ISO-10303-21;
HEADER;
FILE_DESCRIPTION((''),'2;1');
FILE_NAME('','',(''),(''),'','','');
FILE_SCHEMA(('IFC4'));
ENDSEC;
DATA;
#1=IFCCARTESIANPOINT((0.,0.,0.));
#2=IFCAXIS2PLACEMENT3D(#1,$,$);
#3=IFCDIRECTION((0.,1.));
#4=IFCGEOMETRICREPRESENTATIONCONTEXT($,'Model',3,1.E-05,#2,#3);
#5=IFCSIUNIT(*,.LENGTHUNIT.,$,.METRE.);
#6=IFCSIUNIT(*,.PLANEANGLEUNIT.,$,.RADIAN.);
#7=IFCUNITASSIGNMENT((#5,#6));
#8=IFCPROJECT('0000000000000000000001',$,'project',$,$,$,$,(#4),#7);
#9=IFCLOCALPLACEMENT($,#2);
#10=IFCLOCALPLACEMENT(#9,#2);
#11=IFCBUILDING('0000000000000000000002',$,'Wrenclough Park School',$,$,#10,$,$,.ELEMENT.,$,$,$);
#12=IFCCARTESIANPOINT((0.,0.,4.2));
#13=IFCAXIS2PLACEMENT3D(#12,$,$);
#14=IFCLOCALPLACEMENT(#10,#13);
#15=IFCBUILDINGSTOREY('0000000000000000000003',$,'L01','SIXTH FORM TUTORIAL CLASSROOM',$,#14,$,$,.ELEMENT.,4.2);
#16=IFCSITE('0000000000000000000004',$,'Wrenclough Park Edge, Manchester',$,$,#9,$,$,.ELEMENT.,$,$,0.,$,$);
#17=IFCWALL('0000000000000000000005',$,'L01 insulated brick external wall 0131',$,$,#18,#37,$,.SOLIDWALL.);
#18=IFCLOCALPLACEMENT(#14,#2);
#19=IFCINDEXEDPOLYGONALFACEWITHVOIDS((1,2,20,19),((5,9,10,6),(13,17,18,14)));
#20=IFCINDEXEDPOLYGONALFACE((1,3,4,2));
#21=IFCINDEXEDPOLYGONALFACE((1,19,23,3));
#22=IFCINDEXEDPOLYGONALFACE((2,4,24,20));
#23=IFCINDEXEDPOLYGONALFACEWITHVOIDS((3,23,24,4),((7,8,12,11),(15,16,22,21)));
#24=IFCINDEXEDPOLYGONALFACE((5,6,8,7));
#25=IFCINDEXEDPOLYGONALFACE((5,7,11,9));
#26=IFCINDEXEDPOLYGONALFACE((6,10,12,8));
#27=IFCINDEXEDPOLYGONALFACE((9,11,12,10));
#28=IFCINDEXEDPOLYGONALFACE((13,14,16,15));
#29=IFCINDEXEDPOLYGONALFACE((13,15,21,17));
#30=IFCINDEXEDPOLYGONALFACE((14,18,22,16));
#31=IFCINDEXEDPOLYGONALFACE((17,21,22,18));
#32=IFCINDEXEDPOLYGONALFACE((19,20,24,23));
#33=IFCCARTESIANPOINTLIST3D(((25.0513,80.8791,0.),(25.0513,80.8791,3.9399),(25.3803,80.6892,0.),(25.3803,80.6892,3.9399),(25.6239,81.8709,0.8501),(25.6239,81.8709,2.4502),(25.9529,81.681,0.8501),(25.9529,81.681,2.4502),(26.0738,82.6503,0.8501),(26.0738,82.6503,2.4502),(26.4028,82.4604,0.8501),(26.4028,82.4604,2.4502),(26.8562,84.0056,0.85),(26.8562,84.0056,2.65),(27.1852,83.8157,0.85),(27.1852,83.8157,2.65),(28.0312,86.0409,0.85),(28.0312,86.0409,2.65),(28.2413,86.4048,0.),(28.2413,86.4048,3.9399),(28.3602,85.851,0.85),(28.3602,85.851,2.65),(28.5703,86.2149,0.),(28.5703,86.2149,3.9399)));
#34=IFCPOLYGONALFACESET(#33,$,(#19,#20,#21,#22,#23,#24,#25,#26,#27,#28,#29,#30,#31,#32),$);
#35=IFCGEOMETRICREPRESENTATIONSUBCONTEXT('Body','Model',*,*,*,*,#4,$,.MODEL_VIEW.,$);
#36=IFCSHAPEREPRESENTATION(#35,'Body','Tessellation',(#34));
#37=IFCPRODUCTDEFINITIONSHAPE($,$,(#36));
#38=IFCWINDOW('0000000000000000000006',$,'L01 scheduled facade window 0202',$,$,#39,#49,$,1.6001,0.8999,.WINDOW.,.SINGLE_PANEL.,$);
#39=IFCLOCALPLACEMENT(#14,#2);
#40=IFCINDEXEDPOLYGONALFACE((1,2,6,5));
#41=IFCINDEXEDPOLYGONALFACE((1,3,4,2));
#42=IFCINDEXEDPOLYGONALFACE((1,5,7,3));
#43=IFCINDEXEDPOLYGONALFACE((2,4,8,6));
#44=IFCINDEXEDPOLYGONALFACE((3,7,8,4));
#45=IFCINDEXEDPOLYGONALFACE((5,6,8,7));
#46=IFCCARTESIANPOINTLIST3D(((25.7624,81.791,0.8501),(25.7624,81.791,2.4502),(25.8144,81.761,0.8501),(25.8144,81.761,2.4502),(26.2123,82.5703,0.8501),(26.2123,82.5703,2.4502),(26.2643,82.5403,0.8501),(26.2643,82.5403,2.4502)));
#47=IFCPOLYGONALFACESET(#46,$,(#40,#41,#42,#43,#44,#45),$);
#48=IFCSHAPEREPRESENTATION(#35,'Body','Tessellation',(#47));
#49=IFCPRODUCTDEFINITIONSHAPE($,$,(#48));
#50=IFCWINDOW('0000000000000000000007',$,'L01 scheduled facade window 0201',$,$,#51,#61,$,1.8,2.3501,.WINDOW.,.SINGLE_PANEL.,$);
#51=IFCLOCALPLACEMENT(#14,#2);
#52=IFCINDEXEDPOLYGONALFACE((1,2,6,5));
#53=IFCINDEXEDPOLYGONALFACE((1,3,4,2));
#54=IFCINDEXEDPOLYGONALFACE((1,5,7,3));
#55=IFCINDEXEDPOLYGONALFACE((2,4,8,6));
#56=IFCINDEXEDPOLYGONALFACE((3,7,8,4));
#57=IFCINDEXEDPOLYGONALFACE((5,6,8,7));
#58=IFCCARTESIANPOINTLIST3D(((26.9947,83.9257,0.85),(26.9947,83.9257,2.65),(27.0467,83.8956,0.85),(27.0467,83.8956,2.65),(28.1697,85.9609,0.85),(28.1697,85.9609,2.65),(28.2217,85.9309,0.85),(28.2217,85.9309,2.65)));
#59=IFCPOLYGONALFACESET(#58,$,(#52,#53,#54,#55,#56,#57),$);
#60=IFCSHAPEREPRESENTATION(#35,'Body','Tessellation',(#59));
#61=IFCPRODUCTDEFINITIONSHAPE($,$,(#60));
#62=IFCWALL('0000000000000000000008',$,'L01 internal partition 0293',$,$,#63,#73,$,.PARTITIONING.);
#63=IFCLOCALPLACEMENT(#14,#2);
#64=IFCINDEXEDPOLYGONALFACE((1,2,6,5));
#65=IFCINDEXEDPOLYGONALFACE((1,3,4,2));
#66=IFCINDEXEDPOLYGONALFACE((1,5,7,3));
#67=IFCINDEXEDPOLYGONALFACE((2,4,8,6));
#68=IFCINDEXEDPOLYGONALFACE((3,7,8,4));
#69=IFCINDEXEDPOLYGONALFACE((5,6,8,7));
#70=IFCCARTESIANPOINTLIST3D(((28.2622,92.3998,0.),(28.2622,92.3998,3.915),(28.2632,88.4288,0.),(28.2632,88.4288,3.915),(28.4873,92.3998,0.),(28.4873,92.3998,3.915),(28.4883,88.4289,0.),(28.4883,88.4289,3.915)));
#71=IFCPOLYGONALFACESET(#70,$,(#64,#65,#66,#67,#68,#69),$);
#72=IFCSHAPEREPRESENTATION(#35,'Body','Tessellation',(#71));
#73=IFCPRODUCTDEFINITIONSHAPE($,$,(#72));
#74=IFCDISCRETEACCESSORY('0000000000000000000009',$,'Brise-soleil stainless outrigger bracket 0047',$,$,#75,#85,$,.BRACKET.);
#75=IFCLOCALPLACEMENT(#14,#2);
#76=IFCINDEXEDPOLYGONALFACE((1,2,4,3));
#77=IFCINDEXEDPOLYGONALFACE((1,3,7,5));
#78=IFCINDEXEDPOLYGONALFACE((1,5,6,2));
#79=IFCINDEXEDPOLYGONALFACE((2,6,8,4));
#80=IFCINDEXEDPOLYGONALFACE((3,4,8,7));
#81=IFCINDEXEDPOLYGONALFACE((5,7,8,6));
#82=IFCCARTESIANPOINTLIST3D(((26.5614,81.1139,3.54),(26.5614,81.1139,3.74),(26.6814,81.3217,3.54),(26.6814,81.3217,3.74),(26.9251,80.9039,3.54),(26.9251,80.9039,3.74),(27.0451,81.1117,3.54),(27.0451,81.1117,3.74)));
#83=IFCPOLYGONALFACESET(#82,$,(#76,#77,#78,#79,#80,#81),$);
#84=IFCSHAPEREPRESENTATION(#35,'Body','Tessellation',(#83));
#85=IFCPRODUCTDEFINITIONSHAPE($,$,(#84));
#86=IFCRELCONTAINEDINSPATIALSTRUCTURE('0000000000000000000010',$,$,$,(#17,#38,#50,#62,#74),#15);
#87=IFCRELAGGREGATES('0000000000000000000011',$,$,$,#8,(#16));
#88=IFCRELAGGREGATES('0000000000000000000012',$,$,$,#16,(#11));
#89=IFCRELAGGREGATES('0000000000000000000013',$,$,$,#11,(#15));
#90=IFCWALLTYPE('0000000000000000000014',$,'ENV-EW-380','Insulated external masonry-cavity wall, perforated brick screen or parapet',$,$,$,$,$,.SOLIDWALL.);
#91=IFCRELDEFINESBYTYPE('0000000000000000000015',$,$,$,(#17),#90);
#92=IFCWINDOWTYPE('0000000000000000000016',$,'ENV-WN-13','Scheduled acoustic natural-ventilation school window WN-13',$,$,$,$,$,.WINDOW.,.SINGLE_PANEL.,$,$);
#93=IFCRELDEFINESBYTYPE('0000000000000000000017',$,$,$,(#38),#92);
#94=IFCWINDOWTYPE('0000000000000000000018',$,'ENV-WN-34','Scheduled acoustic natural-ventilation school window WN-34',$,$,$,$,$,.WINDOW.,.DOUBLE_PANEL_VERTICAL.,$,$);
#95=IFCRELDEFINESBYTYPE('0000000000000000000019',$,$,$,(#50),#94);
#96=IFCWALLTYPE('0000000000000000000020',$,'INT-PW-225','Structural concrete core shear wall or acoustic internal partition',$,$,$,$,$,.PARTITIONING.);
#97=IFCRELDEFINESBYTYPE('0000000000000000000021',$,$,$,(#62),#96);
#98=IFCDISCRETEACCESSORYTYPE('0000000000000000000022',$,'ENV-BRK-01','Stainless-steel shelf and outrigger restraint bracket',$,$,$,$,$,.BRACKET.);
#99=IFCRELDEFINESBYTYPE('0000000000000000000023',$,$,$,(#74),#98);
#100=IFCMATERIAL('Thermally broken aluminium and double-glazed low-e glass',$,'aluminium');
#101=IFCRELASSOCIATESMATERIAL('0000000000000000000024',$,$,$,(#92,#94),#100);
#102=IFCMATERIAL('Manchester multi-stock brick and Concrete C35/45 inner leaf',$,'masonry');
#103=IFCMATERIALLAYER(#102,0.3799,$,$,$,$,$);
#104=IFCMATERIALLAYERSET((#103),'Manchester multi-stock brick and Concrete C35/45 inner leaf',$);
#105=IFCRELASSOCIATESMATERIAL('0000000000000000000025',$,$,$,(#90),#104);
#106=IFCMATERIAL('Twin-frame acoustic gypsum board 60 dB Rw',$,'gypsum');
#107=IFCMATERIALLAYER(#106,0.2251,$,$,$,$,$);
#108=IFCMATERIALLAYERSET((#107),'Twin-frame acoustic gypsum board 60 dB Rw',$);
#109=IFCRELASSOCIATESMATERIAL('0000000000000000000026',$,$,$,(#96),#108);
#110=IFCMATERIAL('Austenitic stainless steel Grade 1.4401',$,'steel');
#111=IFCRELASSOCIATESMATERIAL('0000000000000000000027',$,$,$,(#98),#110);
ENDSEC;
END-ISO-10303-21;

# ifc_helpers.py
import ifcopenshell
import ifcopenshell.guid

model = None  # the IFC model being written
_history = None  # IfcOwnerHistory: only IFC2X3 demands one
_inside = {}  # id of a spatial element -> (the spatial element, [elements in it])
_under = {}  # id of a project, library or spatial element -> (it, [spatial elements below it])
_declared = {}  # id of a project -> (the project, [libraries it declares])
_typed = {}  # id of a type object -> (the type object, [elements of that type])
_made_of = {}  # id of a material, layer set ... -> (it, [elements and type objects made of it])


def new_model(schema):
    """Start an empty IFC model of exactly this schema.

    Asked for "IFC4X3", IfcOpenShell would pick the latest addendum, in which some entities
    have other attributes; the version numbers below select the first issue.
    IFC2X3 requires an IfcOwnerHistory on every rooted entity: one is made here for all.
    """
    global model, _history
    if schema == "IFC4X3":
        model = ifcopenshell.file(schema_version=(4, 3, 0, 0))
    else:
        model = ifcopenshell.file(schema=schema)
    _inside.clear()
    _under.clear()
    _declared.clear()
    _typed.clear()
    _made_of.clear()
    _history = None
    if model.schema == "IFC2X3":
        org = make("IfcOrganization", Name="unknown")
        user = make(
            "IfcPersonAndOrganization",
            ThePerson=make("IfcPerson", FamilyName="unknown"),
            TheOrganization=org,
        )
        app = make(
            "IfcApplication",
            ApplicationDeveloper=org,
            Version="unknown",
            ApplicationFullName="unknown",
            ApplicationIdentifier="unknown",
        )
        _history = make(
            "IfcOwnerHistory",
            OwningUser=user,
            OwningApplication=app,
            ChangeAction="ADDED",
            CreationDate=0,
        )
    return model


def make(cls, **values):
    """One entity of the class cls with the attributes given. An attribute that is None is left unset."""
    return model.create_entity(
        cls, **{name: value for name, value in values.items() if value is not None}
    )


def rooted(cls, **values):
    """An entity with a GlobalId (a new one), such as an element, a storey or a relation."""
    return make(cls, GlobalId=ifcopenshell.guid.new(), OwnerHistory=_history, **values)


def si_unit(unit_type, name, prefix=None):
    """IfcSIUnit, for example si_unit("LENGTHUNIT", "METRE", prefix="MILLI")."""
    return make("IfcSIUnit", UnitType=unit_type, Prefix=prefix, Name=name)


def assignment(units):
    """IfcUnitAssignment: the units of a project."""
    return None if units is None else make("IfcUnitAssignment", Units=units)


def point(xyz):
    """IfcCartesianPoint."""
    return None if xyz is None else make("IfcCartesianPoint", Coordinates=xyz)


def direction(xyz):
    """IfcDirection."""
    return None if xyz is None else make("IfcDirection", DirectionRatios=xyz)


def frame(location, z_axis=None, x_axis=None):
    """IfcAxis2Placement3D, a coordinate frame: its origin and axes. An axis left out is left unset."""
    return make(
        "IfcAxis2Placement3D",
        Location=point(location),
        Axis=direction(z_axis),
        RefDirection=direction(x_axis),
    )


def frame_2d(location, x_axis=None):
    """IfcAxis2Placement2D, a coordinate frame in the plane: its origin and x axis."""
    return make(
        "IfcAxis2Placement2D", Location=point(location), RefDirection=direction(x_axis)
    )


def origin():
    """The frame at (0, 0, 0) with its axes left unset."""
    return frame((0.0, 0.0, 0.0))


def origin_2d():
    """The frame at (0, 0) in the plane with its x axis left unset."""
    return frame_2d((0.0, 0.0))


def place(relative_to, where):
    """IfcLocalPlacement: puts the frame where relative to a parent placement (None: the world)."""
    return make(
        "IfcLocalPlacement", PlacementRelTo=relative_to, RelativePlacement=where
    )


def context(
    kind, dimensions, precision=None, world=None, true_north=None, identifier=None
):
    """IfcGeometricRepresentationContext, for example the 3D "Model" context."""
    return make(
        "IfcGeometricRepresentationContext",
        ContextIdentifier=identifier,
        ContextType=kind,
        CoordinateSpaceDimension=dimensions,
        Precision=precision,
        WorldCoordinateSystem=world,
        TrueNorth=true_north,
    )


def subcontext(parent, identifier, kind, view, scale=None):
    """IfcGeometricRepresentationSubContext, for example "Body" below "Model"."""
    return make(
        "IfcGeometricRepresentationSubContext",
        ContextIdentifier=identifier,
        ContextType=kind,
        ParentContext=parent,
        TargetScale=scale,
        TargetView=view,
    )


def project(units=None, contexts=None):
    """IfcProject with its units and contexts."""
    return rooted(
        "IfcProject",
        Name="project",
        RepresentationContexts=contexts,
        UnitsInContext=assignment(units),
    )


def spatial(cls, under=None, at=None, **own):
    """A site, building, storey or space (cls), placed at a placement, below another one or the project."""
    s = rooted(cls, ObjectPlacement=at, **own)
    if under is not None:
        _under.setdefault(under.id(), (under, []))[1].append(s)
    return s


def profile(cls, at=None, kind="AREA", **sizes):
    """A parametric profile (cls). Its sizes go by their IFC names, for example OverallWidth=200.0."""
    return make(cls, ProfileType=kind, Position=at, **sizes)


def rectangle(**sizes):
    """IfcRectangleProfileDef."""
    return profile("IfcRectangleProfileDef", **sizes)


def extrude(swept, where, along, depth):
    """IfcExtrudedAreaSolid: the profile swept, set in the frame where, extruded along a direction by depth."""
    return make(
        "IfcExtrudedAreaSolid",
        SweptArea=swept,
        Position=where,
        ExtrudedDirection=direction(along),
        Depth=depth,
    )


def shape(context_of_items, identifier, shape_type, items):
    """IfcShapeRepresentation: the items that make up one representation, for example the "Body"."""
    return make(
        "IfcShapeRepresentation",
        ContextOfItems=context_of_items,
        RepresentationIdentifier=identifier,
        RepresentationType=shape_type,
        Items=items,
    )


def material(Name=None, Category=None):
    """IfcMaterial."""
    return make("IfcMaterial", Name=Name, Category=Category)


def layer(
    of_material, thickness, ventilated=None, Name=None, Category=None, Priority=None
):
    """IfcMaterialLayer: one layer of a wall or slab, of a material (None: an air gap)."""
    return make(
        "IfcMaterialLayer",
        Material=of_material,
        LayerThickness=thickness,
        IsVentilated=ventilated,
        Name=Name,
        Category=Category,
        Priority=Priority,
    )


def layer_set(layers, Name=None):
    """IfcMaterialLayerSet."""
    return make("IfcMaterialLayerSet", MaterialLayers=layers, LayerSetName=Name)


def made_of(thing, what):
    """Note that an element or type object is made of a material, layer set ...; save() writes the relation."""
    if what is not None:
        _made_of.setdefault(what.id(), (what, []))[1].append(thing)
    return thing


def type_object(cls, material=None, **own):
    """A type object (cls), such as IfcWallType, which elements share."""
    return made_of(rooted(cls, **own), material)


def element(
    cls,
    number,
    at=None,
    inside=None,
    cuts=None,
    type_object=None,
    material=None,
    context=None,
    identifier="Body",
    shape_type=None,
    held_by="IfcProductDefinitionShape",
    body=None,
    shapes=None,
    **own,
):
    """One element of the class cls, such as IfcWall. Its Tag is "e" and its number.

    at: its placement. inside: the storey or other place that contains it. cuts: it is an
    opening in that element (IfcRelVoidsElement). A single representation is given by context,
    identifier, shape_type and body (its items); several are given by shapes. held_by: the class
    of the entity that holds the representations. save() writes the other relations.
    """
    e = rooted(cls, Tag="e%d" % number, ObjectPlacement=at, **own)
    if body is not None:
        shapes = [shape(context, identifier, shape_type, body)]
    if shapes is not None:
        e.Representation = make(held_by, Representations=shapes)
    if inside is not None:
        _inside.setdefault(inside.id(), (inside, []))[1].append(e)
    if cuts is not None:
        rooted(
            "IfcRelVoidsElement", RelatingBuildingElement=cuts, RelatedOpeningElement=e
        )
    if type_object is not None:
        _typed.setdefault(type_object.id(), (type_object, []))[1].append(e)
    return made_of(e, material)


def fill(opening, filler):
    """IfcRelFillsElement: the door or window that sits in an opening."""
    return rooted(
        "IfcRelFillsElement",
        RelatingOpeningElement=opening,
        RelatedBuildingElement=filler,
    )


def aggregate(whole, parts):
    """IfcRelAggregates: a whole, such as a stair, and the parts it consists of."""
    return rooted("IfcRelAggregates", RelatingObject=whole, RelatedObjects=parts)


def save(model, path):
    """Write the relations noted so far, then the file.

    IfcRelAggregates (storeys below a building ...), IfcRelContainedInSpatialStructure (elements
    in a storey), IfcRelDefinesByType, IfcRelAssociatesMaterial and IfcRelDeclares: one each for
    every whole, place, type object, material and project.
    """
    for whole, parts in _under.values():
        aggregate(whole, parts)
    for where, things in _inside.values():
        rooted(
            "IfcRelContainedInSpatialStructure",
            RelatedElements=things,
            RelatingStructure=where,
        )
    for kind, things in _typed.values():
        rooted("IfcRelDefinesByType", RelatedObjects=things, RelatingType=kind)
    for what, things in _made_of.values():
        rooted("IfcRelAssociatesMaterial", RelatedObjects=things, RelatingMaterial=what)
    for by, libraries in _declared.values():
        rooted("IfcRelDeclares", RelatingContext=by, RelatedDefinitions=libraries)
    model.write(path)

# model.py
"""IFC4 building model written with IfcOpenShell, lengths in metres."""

from ifc_helpers import new_model, si_unit, direction, frame, frame_2d, origin, origin_2d, place, context, subcontext, project, spatial, rectangle, extrude, material, layer, layer_set, type_object, element, fill, save


model = new_model("IFC4")

# Units and contexts
model_context = context("Model", 3, precision=1e-05, world=origin(), true_north=direction((0.0, 1.0)))
body_context = subcontext(model_context, "Body", "Model", "MODEL_VIEW")
ifc_project = project(units=[si_unit("LENGTHUNIT", "METRE"), si_unit("PLANEANGLEUNIT", "RADIAN")], contexts=[model_context])

# Site, building, storey
site_placement = place(None, origin())
site = spatial("IfcSite", under=ifc_project, at=site_placement, Name="Wrenclough Park Edge, Manchester", CompositionType="ELEMENT", RefElevation=0.0)
building_placement = place(site_placement, origin())
building = spatial("IfcBuilding", under=site, at=building_placement, Name="Wrenclough Park School", CompositionType="ELEMENT")
storey_placement = place(building_placement, frame((0.0, 0.0, 4.2)))
storey = spatial("IfcBuildingStorey", under=building, at=storey_placement, Name="L01", Description="SIXTH FORM TUTORIAL CLASSROOM", CompositionType="ELEMENT", Elevation=4.2)

# Shared definitions
ifc_material_1 = material(Name="Thermally broken aluminium and double-glazed low-e glass", Category="aluminium")
window_type_1 = type_object("IfcWindowType", Name="ENV-WN-13", Description="Scheduled acoustic natural-ventilation school window WN-13", PartitioningType="SINGLE_PANEL", PredefinedType="WINDOW", material=ifc_material_1)

# Wall, openings, windows
ifc_material_2 = material(Name="Manchester multi-stock brick and Concrete C35/45 inner leaf", Category="masonry")
ifc_layer_1 = layer(ifc_material_2, 0.3799)
ifc_layer_set_1 = layer_set([ifc_layer_1], Name="Manchester multi-stock brick and Concrete C35/45 inner leaf")
wall_type_1 = type_object("IfcWallType", Name="ENV-EW-380", Description="Insulated external masonry-cavity wall, perforated brick screen or parapet", PredefinedType="SOLIDWALL", material=ifc_layer_set_1)
wall_1_placement = place(storey_placement, frame((28.4058, 86.3098, 0.0), z_axis=(0.0, 0.0, 1.0), x_axis=(-0.499966, -0.866045, 0.0)))
wall_1 = element("IfcWall", 1, at=wall_1_placement, inside=storey, type_object=wall_type_1, Name="L01 insulated brick external wall 0131", PredefinedType="SOLIDWALL", context=body_context, shape_type="SweptSolid", body=[
    extrude(rectangle(XDim=6.3804, YDim=0.3799, at=frame_2d((3.1902, 0.0))), origin(), (0.0, 0.0, 1.0), 3.9399),
])
opening_1_placement = place(wall_1_placement, frame((0.4202, 0.0, 0.8501)))
opening_1 = element("IfcOpeningElement", 2, at=opening_1_placement, cuts=wall_1, PredefinedType="OPENING", context=body_context, shape_type="SweptSolid", body=[
    extrude(rectangle(XDim=2.3501, YDim=1.8, at=frame_2d((1.175, 0.8999))), frame((0.0, 0.2, 0.0), z_axis=(0.0, -1.0, 0.0), x_axis=(1.0, 0.0, 0.0)), (0.0, 0.0, 1.0), 0.3999),
])
opening_2_placement = place(wall_1_placement, frame((4.3352, 0.0, 0.8501)))
opening_2 = element("IfcOpeningElement", 3, at=opening_2_placement, cuts=wall_1, PredefinedType="OPENING", context=body_context, shape_type="SweptSolid", body=[
    extrude(rectangle(XDim=0.8999, YDim=1.6001, at=frame_2d((0.45, 0.8))), frame((0.0, 0.2, 0.0), z_axis=(0.0, -1.0, 0.0), x_axis=(1.0, 0.0, 0.0)), (0.0, 0.0, 1.0), 0.3999),
])
window_1_placement = place(opening_2_placement, origin())
window_1 = element("IfcWindow", 4, at=window_1_placement, inside=storey, type_object=window_type_1, Name="L01 scheduled facade window 0202", OverallHeight=1.6001, OverallWidth=0.8999, PartitioningType="SINGLE_PANEL", PredefinedType="WINDOW", context=body_context, shape_type="SweptSolid", body=[
    extrude(rectangle(XDim=0.8999, YDim=1.6001, at=frame_2d((0.45, 0.8))), frame((0.0, 0.03, 0.0), z_axis=(0.0, -1.0, 0.0), x_axis=(1.0, 0.0, 0.0)), (0.0, 0.0, 1.0), 0.0601),
])
fill(opening_2, window_1)
window_type_2 = type_object("IfcWindowType", Name="ENV-WN-34", Description="Scheduled acoustic natural-ventilation school window WN-34", PartitioningType="DOUBLE_PANEL_VERTICAL", PredefinedType="WINDOW", material=ifc_material_1)
window_2_placement = place(opening_1_placement, origin())
window_2 = element("IfcWindow", 5, at=window_2_placement, inside=storey, type_object=window_type_2, Name="L01 scheduled facade window 0201", OverallHeight=1.8, OverallWidth=2.3501, PartitioningType="SINGLE_PANEL", PredefinedType="WINDOW", context=body_context, shape_type="SweptSolid", body=[
    extrude(rectangle(XDim=2.3501, YDim=1.8, at=frame_2d((1.175, 0.8999))), frame((0.0, 0.03, 0.0), z_axis=(0.0, -1.0, 0.0), x_axis=(1.0, 0.0, 0.0)), (0.0, 0.0, 1.0), 0.0601),
])
fill(opening_1, window_2)

# Wall
ifc_material_3 = material(Name="Twin-frame acoustic gypsum board 60 dB Rw", Category="gypsum")
ifc_layer_2 = layer(ifc_material_3, 0.2251)
ifc_layer_set_2 = layer_set([ifc_layer_2], Name="Twin-frame acoustic gypsum board 60 dB Rw")
wall_type_2 = type_object("IfcWallType", Name="INT-PW-225", Description="Structural concrete core shear wall or acoustic internal partition", PredefinedType="PARTITIONING", material=ifc_layer_set_2)
wall_2_placement = place(storey_placement, frame((28.3748, 92.3997, 0.0), z_axis=(0.0, 0.0, 1.0), x_axis=(0.000246, -1.0, 0.0)))
element("IfcWall", 6, at=wall_2_placement, inside=storey, type_object=wall_type_2, Name="L01 internal partition 0293", PredefinedType="PARTITIONING", context=body_context, shape_type="SweptSolid", body=[
    extrude(rectangle(XDim=3.9709, YDim=0.2251, at=frame_2d((1.9854, 0.0))), origin(), (0.0, 0.0, 1.0), 3.915),
])

# Discrete accessory
ifc_material_4 = material(Name="Austenitic stainless steel Grade 1.4401", Category="steel")
discrete_accessory_type = type_object("IfcDiscreteAccessoryType", Name="ENV-BRK-01", Description="Stainless-steel shelf and outrigger restraint bracket", PredefinedType="BRACKET", material=ifc_material_4)
discrete_accessory_placement = place(storey_placement, frame((26.8032, 81.1128, 3.54), z_axis=(0.0, 0.0, 1.0), x_axis=(0.499991, 0.866031, 0.0)))
element("IfcDiscreteAccessory", 7, at=discrete_accessory_placement, inside=storey, type_object=discrete_accessory_type, Name="Brise-soleil stainless outrigger bracket 0047", PredefinedType="BRACKET", context=body_context, shape_type="SweptSolid", body=[
    extrude(rectangle(XDim=0.24, YDim=0.4199, at=origin_2d()), origin(), (0.0, 0.0, 1.0), 0.2),
])

save(model, "model.ifc")
